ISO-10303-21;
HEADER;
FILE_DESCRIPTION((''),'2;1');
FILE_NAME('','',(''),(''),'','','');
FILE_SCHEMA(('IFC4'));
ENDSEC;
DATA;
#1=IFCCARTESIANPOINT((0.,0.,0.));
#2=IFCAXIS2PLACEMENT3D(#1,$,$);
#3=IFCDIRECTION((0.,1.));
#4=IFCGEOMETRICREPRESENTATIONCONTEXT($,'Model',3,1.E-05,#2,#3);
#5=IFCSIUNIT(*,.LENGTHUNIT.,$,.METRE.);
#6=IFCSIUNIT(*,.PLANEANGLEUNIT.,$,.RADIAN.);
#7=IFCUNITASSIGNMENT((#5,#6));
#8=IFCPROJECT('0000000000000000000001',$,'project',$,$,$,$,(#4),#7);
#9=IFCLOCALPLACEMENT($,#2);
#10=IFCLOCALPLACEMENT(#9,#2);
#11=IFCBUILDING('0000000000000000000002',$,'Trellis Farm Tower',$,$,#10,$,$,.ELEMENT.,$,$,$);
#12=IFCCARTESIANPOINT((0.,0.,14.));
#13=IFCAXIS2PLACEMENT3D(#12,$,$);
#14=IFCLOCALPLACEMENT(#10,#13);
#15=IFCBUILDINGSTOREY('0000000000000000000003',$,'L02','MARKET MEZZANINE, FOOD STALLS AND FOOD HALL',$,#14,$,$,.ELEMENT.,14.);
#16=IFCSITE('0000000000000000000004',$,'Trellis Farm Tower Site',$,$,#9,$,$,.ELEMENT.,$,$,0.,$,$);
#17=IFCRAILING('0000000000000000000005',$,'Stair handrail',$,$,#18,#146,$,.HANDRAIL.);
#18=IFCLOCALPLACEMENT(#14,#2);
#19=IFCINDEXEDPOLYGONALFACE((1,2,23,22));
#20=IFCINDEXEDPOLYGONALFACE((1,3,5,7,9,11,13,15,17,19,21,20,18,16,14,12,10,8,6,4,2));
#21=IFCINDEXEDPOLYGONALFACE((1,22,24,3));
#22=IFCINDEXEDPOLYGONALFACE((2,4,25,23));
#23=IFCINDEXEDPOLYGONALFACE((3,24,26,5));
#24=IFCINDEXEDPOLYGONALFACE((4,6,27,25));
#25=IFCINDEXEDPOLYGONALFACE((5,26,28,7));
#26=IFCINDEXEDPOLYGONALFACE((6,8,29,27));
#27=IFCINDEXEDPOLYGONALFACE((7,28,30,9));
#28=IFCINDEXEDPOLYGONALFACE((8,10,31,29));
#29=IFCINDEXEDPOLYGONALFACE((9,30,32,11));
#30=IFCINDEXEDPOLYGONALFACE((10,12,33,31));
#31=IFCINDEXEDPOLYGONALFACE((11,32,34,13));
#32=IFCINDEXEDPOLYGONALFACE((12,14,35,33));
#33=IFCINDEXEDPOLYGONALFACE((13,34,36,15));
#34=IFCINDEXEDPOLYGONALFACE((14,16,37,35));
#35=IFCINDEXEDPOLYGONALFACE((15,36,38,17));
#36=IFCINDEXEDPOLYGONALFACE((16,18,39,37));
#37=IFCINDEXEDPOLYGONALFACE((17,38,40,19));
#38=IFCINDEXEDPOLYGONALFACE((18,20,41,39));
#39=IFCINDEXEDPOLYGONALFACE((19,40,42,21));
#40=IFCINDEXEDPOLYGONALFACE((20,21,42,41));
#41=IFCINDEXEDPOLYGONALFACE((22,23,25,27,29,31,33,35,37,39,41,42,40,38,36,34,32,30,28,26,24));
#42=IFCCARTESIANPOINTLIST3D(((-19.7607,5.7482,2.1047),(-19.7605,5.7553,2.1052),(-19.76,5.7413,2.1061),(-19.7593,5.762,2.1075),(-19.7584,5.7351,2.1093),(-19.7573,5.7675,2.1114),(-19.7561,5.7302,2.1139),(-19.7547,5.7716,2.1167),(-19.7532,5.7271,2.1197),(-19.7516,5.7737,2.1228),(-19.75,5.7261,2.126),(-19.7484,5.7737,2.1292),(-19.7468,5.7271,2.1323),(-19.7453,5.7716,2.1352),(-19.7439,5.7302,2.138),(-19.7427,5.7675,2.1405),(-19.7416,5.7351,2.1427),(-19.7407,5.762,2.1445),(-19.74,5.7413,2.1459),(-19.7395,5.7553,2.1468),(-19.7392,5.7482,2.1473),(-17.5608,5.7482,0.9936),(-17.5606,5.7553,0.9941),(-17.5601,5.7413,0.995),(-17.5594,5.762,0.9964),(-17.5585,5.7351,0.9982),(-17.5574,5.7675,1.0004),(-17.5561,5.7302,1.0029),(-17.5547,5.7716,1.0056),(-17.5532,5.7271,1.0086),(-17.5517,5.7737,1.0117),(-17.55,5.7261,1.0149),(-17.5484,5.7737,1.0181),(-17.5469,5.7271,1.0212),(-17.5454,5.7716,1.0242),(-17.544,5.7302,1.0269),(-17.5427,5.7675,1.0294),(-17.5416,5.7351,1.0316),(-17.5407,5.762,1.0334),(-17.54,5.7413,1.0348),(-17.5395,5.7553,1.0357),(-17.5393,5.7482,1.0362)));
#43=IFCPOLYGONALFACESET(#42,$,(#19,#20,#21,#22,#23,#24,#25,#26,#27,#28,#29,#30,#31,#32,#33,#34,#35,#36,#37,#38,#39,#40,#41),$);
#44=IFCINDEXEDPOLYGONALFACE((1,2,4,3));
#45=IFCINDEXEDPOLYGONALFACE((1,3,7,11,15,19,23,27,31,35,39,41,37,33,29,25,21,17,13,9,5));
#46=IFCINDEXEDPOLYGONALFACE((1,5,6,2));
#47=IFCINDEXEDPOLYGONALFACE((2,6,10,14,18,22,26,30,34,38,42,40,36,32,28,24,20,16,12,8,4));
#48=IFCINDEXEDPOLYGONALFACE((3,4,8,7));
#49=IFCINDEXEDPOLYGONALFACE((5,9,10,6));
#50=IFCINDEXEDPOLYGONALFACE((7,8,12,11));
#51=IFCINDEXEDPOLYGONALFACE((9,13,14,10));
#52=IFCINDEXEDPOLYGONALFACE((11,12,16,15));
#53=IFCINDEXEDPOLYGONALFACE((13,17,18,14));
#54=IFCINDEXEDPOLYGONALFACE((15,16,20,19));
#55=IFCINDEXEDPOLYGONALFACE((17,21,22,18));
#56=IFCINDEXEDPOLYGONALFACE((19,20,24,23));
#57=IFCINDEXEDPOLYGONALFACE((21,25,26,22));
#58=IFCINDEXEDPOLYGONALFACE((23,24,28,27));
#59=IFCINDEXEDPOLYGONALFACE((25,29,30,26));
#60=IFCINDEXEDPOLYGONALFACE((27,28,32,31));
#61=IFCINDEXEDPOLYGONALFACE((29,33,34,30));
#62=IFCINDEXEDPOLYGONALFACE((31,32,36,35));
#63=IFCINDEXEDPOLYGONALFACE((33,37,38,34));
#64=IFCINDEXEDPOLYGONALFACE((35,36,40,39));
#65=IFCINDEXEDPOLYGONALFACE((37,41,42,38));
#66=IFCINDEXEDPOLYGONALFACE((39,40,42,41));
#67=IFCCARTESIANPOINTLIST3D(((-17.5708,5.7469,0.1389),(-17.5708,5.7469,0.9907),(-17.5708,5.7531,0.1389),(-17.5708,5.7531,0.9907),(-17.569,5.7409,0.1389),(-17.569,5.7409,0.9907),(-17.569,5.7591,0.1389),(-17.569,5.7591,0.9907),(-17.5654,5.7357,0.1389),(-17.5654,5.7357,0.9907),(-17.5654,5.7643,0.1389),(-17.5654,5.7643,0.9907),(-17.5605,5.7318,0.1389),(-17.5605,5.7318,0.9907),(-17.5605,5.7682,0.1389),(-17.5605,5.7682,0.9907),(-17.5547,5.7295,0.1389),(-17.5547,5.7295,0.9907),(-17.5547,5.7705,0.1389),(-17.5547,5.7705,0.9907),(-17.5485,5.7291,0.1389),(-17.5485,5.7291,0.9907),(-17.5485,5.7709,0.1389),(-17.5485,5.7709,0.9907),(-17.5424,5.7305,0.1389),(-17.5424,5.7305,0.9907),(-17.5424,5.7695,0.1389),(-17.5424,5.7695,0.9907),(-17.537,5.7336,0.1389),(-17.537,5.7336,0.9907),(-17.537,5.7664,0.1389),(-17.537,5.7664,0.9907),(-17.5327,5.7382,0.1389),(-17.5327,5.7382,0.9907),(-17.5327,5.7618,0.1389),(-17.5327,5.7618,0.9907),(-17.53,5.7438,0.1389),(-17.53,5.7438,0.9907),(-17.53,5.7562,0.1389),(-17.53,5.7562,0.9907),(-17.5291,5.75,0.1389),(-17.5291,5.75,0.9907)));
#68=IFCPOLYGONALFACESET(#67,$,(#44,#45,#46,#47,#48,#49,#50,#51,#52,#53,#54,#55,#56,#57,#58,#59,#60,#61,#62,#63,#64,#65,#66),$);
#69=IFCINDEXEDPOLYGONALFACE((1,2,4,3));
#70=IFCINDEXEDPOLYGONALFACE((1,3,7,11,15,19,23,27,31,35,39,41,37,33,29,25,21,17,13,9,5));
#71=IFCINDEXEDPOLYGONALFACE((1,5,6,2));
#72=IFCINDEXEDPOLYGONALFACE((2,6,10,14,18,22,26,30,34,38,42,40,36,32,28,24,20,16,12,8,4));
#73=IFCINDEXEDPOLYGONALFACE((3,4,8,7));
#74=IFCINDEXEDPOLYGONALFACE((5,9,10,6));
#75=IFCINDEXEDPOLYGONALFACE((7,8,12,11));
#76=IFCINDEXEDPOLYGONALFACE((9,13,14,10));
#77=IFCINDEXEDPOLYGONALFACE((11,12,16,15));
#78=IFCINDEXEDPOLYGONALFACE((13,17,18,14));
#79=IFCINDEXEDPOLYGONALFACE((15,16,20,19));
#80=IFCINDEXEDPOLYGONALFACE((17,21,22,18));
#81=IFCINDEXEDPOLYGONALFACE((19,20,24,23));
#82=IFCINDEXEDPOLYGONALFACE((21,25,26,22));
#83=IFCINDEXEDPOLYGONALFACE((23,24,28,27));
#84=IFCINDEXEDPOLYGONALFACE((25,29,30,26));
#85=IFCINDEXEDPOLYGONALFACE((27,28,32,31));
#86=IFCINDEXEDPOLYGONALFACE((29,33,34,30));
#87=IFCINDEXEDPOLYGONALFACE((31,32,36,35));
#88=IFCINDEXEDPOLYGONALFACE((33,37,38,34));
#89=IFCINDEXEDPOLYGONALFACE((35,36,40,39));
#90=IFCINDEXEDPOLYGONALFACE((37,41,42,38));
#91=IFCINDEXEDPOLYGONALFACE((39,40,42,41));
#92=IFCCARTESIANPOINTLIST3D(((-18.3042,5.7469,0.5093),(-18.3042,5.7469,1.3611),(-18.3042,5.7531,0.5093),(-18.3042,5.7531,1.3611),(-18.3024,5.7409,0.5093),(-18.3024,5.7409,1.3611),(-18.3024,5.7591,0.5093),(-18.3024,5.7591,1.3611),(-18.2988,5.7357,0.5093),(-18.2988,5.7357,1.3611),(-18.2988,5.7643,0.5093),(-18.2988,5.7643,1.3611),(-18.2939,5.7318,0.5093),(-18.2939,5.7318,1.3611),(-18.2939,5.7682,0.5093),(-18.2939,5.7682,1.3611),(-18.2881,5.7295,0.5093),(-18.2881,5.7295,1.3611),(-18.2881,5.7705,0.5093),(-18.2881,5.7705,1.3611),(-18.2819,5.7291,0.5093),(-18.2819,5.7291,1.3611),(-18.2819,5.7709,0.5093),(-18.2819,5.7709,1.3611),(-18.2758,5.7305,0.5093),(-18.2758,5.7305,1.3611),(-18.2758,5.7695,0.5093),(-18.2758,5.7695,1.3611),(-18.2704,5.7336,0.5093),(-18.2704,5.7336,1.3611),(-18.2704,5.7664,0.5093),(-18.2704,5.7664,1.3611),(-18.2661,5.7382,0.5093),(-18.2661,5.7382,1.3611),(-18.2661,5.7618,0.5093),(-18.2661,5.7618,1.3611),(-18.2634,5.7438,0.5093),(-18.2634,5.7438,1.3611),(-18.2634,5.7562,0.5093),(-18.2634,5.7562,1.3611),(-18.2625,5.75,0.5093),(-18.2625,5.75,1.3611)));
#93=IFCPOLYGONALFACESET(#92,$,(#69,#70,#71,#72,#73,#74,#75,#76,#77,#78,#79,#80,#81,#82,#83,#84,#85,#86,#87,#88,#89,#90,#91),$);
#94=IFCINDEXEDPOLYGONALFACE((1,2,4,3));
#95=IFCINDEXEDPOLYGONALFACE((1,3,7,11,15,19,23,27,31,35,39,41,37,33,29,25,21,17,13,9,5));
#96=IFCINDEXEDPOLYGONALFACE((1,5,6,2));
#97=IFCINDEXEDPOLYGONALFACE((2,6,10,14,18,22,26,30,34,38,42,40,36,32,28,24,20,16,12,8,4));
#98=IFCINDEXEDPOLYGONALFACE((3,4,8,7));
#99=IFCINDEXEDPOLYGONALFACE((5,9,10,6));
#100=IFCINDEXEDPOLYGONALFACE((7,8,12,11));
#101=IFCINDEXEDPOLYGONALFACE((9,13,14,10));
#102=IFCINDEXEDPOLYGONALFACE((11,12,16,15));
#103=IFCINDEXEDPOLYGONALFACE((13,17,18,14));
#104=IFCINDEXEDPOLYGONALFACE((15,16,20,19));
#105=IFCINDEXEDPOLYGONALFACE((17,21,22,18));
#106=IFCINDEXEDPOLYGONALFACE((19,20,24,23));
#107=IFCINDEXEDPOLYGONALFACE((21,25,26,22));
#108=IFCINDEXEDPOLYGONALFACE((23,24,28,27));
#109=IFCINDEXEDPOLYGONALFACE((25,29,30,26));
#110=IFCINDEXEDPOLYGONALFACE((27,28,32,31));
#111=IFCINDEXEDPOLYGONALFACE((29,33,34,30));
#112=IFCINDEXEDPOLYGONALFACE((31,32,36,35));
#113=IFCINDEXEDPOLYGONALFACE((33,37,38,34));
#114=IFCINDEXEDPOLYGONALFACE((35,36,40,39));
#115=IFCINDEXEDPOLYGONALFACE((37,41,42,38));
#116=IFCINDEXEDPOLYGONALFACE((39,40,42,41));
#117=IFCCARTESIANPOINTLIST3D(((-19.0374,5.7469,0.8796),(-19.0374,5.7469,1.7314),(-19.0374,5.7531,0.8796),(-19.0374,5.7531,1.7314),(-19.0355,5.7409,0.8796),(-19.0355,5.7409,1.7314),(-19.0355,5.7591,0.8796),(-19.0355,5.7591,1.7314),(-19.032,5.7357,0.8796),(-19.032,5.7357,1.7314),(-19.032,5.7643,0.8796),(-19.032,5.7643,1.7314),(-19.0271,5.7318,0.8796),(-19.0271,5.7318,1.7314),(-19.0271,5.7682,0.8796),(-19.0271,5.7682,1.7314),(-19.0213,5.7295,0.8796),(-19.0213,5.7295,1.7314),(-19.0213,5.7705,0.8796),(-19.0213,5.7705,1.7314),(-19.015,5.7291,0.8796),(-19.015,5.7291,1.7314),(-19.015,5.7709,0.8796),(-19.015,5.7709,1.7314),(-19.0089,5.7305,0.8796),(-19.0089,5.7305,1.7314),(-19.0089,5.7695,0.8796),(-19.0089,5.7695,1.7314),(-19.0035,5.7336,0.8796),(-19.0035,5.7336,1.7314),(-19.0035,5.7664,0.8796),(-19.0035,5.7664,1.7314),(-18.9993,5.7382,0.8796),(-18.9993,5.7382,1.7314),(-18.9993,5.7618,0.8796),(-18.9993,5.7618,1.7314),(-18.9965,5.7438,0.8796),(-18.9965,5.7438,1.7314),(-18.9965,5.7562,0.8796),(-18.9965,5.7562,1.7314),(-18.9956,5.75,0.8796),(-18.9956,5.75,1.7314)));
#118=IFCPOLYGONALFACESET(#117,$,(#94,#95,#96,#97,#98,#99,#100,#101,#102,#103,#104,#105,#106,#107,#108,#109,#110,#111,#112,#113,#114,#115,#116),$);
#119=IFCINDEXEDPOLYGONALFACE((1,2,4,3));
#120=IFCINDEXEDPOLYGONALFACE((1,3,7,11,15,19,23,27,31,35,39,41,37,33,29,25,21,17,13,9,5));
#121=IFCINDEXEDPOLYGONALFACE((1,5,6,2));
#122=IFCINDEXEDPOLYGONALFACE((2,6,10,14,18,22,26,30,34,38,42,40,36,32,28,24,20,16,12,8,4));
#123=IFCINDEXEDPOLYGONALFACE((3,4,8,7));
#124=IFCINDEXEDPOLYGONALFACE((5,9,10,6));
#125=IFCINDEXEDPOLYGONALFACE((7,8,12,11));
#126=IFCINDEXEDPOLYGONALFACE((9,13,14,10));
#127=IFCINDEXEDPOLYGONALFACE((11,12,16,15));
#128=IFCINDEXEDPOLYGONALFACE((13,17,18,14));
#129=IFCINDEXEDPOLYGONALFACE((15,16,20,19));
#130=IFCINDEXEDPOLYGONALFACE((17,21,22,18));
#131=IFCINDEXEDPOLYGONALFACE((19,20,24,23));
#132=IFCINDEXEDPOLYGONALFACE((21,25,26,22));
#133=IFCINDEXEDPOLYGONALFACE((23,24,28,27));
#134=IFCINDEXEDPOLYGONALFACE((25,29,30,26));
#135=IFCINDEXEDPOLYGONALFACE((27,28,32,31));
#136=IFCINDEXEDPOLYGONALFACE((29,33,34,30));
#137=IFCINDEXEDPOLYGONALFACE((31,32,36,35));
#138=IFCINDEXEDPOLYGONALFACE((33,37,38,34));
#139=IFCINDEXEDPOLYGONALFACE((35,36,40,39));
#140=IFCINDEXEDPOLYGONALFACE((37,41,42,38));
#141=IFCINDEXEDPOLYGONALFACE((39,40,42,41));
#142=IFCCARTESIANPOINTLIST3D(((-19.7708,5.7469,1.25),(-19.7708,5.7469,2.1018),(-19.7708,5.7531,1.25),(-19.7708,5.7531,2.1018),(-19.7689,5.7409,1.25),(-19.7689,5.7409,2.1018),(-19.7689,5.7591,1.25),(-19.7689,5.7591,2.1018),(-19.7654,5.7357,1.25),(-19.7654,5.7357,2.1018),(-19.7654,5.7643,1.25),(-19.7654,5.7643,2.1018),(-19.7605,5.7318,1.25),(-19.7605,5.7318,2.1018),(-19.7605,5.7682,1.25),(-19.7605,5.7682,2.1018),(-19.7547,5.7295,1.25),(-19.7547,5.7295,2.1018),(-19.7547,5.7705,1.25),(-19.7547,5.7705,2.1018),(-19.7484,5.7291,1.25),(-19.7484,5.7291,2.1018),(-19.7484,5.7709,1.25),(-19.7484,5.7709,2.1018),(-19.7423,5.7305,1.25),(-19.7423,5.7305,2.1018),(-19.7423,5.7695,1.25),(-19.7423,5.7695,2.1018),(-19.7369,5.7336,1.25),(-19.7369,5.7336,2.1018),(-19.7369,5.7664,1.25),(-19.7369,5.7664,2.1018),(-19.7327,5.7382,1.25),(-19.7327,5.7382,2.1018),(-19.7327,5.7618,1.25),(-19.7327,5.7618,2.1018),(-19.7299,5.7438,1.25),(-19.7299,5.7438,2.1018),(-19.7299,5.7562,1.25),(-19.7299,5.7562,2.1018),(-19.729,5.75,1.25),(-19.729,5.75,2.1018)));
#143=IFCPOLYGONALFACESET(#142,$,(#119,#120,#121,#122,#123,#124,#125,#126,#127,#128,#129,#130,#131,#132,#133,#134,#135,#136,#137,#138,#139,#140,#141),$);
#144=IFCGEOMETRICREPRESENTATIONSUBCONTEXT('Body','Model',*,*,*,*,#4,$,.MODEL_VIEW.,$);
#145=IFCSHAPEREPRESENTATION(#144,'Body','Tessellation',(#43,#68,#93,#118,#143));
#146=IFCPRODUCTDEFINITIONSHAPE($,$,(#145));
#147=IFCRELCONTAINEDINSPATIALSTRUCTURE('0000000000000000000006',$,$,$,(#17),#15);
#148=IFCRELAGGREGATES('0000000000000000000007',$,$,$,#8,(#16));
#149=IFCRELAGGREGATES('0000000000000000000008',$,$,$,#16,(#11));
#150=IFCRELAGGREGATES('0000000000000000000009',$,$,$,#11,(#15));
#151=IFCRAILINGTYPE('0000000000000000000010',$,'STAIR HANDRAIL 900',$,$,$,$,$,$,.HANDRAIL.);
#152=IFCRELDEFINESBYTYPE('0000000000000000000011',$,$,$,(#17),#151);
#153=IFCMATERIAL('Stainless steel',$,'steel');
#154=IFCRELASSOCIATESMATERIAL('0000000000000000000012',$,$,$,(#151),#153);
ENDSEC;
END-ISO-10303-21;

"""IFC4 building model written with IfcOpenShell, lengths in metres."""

from ifc_helpers import new_model, si_unit, direction, frame, origin, origin_2d, place, context, subcontext, project, spatial, circle, extrude, source, transform, mapped, material, type_object, element, save


model = new_model("IFC4")

# Units and contexts
model_context = context("Model", 3, precision=1e-05, world=origin(), true_north=direction((0.0, 1.0)))
body_context = subcontext(model_context, "Body", "Model", "MODEL_VIEW")
ifc_project = project(units=[si_unit("LENGTHUNIT", "METRE"), si_unit("PLANEANGLEUNIT", "RADIAN")], contexts=[model_context])

# Site, building, storey
site_placement = place(None, origin())
site = spatial("IfcSite", under=ifc_project, at=site_placement, Name="Trellis Farm Tower Site", CompositionType="ELEMENT", RefElevation=0.0)
building_placement = place(site_placement, origin())
building = spatial("IfcBuilding", under=site, at=building_placement, Name="Trellis Farm Tower", CompositionType="ELEMENT")
storey_placement = place(building_placement, frame((0.0, 0.0, 14.0)))
storey = spatial("IfcBuildingStorey", under=building, at=storey_placement, Name="L02", Description="MARKET MEZZANINE, FOOD STALLS AND FOOD HALL", CompositionType="ELEMENT", Elevation=14.0)

# Railing
ifc_material_1 = material(Name="Stainless steel", Category="steel")
railing_type = type_object("IfcRailingType", Name="STAIR HANDRAIL 900", PredefinedType="HANDRAIL", material=ifc_material_1)
shared_shape_1 = source(origin(), body_context, "Body", "SweptSolid", [
    extrude(circle(Radius=0.0239, at=origin_2d()), frame((0.0, 0.0, 0.876), z_axis=(-0.892617, 0.0, 0.450816), x_axis=(0.0, -1.0, 0.0)), (0.0, 0.0, 1.0), 2.4646),
    extrude(circle(Radius=0.021, at=origin_2d()), origin(), (0.0, 0.0, 1.0), 0.8518),
    extrude(circle(Radius=0.021, at=origin_2d()), frame((-0.7334, 0.0, 0.3704)), (0.0, 0.0, 1.0), 0.8518),
    extrude(circle(Radius=0.021, at=origin_2d()), frame((-1.4666, 0.0, 0.7407)), (0.0, 0.0, 1.0), 0.8518),
    extrude(circle(Radius=0.021, at=origin_2d()), frame((-2.2, 0.0, 1.1111)), (0.0, 0.0, 1.0), 0.8518),
])
for number, where, name in (
    (1, (-17.55, 5.75, 0.1389), "Stair handrail"),
):
    element("IfcRailing", number, at=place(storey_placement, frame(where)), inside=storey, type_object=railing_type, Name=name, PredefinedType="HANDRAIL", context=body_context, shape_type="MappedRepresentation", body=[
        mapped(shared_shape_1, transform((0.0, 0.0, 0.0))),
    ])

save(model, "model.ifc")
